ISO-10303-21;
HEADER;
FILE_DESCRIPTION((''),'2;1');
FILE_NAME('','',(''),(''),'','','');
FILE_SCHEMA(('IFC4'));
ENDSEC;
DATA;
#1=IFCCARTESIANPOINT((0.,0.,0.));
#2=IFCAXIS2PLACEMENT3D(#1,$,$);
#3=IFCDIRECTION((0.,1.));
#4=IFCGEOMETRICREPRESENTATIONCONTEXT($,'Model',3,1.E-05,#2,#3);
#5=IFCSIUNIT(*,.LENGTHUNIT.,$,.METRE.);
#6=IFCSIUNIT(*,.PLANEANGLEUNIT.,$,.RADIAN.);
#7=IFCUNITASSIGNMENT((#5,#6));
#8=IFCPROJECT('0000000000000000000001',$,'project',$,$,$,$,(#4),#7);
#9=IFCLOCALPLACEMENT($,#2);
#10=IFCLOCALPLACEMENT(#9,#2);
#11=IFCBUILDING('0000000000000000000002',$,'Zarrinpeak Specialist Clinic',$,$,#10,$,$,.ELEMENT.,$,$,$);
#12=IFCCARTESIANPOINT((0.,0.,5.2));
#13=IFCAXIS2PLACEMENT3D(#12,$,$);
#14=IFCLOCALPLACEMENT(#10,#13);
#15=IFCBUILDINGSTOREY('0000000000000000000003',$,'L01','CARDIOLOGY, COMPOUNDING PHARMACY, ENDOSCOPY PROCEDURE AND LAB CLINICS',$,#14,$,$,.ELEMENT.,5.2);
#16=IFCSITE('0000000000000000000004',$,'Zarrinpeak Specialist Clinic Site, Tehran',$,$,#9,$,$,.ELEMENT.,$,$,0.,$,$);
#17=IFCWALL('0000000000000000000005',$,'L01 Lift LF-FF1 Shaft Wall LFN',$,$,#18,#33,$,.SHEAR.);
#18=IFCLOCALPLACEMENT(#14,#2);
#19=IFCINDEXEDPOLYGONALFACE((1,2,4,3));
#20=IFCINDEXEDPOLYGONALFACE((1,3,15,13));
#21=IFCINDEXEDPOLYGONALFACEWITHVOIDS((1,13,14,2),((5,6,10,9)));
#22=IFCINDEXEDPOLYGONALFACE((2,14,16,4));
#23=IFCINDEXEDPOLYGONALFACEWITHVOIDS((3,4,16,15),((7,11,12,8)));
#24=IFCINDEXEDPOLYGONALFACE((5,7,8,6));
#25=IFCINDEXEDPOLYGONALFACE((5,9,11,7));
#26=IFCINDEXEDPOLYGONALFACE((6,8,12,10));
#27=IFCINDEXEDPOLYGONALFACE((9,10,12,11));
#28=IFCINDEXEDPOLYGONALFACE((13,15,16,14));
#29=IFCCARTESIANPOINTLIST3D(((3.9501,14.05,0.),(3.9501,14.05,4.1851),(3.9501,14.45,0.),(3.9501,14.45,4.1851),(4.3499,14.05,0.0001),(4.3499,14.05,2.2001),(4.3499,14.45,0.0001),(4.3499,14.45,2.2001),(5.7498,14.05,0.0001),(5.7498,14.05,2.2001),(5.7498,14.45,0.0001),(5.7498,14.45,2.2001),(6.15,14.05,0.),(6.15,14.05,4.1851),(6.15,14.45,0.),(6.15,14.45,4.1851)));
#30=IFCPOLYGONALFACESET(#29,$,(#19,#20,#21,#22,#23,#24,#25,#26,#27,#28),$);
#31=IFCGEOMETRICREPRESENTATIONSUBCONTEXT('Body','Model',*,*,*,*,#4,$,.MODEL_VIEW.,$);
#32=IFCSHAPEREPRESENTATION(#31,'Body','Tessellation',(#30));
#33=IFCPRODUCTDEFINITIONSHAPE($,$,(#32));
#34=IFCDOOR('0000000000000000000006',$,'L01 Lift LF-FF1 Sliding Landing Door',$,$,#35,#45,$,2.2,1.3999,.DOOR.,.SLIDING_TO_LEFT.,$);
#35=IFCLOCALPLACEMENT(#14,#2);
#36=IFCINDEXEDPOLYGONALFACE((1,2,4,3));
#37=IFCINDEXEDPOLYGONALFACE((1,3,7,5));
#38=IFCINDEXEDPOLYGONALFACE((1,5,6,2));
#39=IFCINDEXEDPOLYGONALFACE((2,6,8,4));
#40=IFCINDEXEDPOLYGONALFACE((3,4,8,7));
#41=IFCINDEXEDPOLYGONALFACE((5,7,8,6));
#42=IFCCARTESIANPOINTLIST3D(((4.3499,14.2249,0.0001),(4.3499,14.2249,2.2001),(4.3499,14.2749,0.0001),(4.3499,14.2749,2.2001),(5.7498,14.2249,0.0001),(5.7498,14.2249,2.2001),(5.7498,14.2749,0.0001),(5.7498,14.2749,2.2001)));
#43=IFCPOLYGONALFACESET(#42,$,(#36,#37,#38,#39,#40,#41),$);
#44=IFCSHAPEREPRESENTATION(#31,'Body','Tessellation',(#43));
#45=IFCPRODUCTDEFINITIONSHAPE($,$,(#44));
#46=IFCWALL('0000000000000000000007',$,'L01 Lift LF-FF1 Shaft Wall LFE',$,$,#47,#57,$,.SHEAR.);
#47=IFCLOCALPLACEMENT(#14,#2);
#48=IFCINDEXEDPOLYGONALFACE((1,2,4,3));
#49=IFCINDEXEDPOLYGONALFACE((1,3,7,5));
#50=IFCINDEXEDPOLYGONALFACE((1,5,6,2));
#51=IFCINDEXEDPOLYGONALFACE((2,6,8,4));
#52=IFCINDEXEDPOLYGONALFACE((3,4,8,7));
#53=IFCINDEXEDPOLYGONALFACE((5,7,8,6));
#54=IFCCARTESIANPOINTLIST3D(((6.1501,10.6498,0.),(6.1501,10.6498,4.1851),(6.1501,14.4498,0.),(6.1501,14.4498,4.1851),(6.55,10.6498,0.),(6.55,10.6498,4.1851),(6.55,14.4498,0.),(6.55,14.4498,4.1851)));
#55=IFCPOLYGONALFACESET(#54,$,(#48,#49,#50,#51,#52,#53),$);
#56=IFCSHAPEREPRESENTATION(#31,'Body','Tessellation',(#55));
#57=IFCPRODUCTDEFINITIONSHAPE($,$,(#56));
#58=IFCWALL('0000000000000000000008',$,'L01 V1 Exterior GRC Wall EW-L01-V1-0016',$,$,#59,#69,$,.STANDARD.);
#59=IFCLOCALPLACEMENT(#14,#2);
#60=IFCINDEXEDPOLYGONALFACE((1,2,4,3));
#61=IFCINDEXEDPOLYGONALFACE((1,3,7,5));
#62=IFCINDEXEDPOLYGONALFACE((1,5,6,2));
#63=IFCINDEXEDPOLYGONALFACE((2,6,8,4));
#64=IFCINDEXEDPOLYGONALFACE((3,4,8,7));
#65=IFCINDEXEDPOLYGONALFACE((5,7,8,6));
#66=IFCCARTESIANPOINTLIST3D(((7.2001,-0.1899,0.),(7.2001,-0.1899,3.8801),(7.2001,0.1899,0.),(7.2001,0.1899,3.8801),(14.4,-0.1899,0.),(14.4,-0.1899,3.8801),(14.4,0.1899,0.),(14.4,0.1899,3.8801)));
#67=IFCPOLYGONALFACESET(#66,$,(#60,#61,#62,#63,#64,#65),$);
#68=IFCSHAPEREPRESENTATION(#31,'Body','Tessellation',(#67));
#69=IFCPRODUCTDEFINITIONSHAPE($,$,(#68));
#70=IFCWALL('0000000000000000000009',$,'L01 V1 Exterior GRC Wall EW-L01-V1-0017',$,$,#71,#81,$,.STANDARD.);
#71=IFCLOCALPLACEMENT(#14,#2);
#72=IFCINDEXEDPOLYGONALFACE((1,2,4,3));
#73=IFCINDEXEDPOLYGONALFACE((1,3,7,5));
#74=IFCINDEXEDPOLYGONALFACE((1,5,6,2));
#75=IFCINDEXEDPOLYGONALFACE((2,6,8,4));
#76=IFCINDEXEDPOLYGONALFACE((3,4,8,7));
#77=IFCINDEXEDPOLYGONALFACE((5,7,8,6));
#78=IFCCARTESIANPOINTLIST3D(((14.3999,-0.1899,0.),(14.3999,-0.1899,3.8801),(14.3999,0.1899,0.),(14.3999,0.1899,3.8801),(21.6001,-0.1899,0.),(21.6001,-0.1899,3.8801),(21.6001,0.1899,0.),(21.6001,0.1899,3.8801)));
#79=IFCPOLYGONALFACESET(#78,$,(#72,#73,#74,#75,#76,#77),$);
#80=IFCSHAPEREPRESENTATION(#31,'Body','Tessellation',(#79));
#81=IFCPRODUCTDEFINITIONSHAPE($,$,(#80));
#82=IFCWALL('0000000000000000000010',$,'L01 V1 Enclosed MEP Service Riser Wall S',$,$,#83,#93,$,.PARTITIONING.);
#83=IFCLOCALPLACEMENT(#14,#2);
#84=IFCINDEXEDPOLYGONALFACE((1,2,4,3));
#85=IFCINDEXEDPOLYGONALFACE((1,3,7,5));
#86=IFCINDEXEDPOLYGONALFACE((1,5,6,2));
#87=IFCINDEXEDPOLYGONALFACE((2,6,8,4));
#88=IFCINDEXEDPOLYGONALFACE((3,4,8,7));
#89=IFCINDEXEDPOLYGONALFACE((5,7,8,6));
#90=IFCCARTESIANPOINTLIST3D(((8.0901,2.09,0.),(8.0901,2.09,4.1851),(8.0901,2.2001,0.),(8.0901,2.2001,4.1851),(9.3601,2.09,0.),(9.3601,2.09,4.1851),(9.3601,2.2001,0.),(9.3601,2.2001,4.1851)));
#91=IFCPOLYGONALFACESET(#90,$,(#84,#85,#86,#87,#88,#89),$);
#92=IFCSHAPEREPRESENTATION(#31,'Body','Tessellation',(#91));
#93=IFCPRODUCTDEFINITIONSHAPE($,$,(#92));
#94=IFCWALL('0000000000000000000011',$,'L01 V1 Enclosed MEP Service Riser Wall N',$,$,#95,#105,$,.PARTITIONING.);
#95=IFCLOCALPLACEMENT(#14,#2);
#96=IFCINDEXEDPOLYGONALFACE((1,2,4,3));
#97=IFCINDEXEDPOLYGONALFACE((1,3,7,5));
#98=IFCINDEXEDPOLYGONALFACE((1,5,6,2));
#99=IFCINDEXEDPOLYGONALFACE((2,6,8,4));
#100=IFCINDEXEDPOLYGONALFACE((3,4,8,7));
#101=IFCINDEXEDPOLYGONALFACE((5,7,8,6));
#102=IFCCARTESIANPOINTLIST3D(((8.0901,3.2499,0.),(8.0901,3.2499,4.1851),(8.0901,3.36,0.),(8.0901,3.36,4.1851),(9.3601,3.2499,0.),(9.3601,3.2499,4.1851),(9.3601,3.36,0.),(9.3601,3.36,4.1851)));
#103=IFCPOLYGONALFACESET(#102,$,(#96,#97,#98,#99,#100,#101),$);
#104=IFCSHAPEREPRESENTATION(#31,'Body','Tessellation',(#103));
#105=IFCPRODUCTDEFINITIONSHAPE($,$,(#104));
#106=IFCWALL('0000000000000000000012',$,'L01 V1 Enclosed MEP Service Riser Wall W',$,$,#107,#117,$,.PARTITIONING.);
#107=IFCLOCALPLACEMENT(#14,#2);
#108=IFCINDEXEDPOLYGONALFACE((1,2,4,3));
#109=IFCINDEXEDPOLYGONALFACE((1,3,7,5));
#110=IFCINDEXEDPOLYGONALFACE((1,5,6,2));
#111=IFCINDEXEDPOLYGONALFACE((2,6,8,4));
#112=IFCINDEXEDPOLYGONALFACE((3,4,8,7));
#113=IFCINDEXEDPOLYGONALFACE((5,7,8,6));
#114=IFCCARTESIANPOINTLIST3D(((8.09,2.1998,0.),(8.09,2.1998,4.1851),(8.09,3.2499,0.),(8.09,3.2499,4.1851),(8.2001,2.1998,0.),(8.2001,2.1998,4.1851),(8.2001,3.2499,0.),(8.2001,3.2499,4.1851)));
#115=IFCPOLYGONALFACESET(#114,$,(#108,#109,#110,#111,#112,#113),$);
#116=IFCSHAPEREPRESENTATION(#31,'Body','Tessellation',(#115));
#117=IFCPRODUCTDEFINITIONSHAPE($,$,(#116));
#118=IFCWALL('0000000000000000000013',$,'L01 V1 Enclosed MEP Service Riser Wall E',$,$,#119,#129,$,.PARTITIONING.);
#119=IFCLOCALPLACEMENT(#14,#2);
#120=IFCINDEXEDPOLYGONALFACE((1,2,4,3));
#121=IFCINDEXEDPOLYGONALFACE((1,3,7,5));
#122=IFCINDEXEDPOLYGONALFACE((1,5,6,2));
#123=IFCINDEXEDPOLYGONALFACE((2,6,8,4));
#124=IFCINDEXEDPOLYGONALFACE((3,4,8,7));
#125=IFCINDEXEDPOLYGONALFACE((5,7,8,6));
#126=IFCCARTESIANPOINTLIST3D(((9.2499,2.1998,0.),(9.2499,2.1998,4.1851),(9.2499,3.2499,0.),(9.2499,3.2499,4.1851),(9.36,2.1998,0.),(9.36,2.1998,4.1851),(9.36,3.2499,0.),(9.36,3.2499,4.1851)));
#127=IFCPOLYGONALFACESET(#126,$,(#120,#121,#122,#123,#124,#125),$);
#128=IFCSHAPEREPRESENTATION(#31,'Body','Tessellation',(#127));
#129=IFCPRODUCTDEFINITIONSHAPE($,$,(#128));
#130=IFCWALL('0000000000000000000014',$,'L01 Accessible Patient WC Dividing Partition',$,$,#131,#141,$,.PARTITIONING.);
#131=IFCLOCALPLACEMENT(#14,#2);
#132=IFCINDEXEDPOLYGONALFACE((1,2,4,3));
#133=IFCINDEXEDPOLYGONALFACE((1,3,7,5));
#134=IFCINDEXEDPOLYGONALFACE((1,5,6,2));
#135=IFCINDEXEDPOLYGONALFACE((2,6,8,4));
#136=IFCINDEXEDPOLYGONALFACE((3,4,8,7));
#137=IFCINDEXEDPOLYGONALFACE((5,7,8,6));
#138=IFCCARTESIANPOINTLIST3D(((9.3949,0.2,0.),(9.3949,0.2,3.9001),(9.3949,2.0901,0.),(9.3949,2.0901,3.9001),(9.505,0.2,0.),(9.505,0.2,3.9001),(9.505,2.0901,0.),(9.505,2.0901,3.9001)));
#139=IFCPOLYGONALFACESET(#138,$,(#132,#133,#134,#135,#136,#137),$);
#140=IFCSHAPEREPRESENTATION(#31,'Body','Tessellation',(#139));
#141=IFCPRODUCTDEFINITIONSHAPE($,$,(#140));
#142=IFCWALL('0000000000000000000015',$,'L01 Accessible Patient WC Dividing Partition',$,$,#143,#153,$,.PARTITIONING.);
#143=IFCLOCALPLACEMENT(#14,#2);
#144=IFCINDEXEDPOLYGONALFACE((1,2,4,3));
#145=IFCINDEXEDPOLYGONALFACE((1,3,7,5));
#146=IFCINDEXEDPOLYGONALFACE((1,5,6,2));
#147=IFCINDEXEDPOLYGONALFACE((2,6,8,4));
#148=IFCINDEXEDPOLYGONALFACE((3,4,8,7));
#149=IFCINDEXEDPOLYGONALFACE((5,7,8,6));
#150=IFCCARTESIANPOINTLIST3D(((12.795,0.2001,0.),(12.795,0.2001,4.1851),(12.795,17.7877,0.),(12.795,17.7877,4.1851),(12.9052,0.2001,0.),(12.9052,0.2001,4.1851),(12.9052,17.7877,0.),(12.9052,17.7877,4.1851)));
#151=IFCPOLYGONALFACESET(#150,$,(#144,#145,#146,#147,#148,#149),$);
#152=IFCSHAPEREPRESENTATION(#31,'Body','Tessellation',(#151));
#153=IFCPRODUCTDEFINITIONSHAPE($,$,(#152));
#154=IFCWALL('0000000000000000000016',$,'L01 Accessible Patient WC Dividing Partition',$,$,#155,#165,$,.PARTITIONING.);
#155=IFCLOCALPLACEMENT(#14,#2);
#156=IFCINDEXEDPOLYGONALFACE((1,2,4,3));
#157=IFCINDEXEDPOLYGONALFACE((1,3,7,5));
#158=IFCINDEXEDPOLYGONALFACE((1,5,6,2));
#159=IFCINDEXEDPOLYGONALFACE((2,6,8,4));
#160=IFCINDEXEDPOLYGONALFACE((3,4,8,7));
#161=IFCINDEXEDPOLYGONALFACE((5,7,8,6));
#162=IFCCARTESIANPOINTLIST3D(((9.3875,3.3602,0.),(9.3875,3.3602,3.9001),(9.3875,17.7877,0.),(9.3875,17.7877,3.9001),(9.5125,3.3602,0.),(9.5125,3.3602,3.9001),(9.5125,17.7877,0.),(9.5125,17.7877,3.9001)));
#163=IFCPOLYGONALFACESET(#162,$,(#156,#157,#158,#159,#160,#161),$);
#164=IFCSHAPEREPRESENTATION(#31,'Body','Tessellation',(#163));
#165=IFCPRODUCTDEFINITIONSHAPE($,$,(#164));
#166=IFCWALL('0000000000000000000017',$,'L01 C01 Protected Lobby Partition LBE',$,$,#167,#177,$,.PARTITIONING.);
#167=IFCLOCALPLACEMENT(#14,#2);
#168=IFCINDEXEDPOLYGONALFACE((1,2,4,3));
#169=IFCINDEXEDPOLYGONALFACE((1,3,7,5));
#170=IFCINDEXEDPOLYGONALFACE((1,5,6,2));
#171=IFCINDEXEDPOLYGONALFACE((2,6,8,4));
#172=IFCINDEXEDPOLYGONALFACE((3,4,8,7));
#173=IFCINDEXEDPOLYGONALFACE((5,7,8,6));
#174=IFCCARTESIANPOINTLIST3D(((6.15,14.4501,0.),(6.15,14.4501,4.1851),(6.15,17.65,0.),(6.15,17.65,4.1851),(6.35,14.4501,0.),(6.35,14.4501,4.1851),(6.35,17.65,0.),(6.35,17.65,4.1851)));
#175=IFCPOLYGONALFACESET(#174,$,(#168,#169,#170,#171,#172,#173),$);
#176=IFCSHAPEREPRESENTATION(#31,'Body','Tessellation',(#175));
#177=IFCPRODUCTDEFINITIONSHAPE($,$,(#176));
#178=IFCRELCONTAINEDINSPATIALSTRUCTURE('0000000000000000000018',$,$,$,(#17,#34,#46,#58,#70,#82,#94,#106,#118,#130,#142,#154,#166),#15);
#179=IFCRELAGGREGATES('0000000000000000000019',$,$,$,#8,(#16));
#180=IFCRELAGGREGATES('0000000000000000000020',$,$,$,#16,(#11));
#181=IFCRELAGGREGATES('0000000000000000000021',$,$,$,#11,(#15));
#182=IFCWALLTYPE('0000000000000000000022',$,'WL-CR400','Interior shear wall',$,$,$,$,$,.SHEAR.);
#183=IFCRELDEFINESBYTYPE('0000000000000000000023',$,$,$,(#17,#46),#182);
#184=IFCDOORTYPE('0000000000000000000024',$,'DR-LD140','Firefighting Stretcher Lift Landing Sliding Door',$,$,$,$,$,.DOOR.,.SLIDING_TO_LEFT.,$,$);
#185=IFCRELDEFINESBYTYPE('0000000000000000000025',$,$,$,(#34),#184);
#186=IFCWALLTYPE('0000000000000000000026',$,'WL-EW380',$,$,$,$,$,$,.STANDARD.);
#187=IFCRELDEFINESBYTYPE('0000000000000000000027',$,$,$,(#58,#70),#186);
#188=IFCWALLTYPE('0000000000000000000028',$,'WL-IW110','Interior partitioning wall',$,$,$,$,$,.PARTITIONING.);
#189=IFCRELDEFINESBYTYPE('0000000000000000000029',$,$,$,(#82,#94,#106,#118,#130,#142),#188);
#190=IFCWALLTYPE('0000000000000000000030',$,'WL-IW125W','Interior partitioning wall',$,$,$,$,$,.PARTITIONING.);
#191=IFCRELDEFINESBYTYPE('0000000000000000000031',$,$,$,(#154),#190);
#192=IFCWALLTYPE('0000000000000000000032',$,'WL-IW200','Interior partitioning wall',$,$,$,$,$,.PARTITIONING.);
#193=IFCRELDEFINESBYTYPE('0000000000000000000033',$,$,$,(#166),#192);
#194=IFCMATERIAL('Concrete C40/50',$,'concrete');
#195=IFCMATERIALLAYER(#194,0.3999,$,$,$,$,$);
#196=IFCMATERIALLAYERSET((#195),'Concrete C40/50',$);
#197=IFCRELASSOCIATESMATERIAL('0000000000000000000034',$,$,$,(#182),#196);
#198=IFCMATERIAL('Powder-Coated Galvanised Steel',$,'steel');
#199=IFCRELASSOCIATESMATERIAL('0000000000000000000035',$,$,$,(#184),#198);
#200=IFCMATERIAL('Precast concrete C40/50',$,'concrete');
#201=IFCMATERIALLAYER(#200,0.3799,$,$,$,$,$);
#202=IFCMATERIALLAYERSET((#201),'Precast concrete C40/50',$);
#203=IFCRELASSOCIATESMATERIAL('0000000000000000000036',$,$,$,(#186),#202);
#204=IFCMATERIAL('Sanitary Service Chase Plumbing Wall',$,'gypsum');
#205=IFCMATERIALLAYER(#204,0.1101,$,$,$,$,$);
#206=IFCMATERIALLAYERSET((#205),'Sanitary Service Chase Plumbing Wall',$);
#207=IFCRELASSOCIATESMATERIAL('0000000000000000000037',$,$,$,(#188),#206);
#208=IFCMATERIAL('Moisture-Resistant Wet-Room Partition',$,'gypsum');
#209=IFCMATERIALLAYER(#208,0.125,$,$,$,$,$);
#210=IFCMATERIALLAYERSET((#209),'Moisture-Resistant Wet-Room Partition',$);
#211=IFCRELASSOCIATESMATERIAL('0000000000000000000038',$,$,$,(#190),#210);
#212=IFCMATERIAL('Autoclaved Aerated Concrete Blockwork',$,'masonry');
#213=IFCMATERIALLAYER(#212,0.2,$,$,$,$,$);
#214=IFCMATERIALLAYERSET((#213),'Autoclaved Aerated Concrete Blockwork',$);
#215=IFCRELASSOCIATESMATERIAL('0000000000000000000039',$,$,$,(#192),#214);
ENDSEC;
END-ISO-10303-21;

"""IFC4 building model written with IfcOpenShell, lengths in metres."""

from ifc_helpers import new_model, si_unit, direction, frame, frame_2d, origin, place, context, subcontext, project, spatial, rectangle, extrude, material, layer, layer_set, type_object, element, fill, save


model = new_model("IFC4")

# Units and contexts
model_context = context("Model", 3, precision=1e-05, world=origin(), true_north=direction((0.0, 1.0)))
body_context = subcontext(model_context, "Body", "Model", "MODEL_VIEW")
ifc_project = project(units=[si_unit("LENGTHUNIT", "METRE"), si_unit("PLANEANGLEUNIT", "RADIAN")], contexts=[model_context])

# Site, building, storey
site_placement = place(None, origin())
site = spatial("IfcSite", under=ifc_project, at=site_placement, Name="Zarrinpeak Specialist Clinic Site, Tehran", CompositionType="ELEMENT", RefElevation=0.0)
building_placement = place(site_placement, origin())
building = spatial("IfcBuilding", under=site, at=building_placement, Name="Zarrinpeak Specialist Clinic", CompositionType="ELEMENT")
storey_placement = place(building_placement, frame((0.0, 0.0, 5.2)))
storey = spatial("IfcBuildingStorey", under=building, at=storey_placement, Name="L01", Description="CARDIOLOGY, COMPOUNDING PHARMACY, ENDOSCOPY PROCEDURE AND LAB CLINICS", CompositionType="ELEMENT", Elevation=5.2)

# Shared definitions
ifc_material_1 = material(Name="Concrete C40/50", Category="concrete")
ifc_layer_1 = layer(ifc_material_1, 0.3999)
ifc_layer_set_1 = layer_set([ifc_layer_1], Name="Concrete C40/50")
wall_type_1 = type_object("IfcWallType", Name="WL-CR400", Description="Interior shear wall", PredefinedType="SHEAR", material=ifc_layer_set_1)

# Wall, opening, door
wall_1_placement = place(storey_placement, frame((3.95, 14.25, 0.0), z_axis=(0.0, 0.0, 1.0), x_axis=(1.0, 0.0, 0.0)))
wall_1 = element("IfcWall", 1, at=wall_1_placement, inside=storey, type_object=wall_type_1, Name="L01 Lift LF-FF1 Shaft Wall LFN", PredefinedType="SHEAR", context=body_context, shape_type="SweptSolid", body=[
    extrude(rectangle(XDim=2.2, YDim=0.3999, at=frame_2d((1.1001, 0.0))), origin(), (0.0, 0.0, 1.0), 4.1851),
])
opening_placement = place(wall_1_placement, frame((0.3999, 0.0, 0.0)))
opening = element("IfcOpeningElement", 2, at=opening_placement, cuts=wall_1, PredefinedType="OPENING", context=body_context, shape_type="SweptSolid", body=[
    extrude(rectangle(XDim=1.3999, YDim=2.2, at=frame_2d((0.7, 1.1001))), frame((0.0, 0.21, 0.0), z_axis=(0.0, -1.0, 0.0), x_axis=(1.0, 0.0, 0.0)), (0.0, 0.0, 1.0), 0.4199),
])
ifc_material_2 = material(Name="Powder-Coated Galvanised Steel", Category="steel")
door_type = type_object("IfcDoorType", Name="DR-LD140", Description="Firefighting Stretcher Lift Landing Sliding Door", OperationType="SLIDING_TO_LEFT", PredefinedType="DOOR", material=ifc_material_2)
door_placement = place(opening_placement, origin())
door = element("IfcDoor", 3, at=door_placement, inside=storey, type_object=door_type, Name="L01 Lift LF-FF1 Sliding Landing Door", OperationType="SLIDING_TO_LEFT", OverallHeight=2.2, OverallWidth=1.3999, PredefinedType="DOOR", context=body_context, shape_type="SweptSolid", body=[
    extrude(rectangle(XDim=1.3999, YDim=2.2, at=frame_2d((0.7, 1.1001))), frame((0.0, 0.0249, 0.0), z_axis=(0.0, -1.0, 0.0), x_axis=(1.0, 0.0, 0.0)), (0.0, 0.0, 1.0), 0.05),
])
fill(opening, door)

# Walls
wall_2_placement = place(storey_placement, frame((6.3501, 10.6499, 0.0), z_axis=(0.0, 0.0, 1.0), x_axis=(0.0, 1.0, 0.0)))
element("IfcWall", 4, at=wall_2_placement, inside=storey, type_object=wall_type_1, Name="L01 Lift LF-FF1 Shaft Wall LFE", PredefinedType="SHEAR", context=body_context, shape_type="SweptSolid", body=[
    extrude(rectangle(XDim=3.8, YDim=0.3999, at=frame_2d((1.8999, 0.0))), origin(), (0.0, 0.0, 1.0), 4.1851),
])
ifc_material_3 = material(Name="Precast concrete C40/50", Category="concrete")
ifc_layer_2 = layer(ifc_material_3, 0.3799)
ifc_layer_set_2 = layer_set([ifc_layer_2], Name="Precast concrete C40/50")
wall_type_2 = type_object("IfcWallType", Name="WL-EW380", PredefinedType="STANDARD", material=ifc_layer_set_2)
wall_3_placement = place(storey_placement, frame((7.2, 0.0, 0.0), z_axis=(0.0, 0.0, 1.0), x_axis=(1.0, 0.0, 0.0)))
element("IfcWall", 5, at=wall_3_placement, inside=storey, type_object=wall_type_2, Name="L01 V1 Exterior GRC Wall EW-L01-V1-0016", PredefinedType="STANDARD", context=body_context, shape_type="SweptSolid", body=[
    extrude(rectangle(XDim=7.2, YDim=0.3799, at=frame_2d((3.6001, 0.0))), origin(), (0.0, 0.0, 1.0), 3.8801),
])
wall_4_placement = place(storey_placement, frame((14.3999, 0.0, 0.0), z_axis=(0.0, 0.0, 1.0), x_axis=(1.0, 0.0, 0.0)))
element("IfcWall", 6, at=wall_4_placement, inside=storey, type_object=wall_type_2, Name="L01 V1 Exterior GRC Wall EW-L01-V1-0017", PredefinedType="STANDARD", context=body_context, shape_type="SweptSolid", body=[
    extrude(rectangle(XDim=7.2002, YDim=0.3799, at=frame_2d((3.6001, 0.0))), origin(), (0.0, 0.0, 1.0), 3.8801),
])
ifc_material_4 = material(Name="Sanitary Service Chase Plumbing Wall", Category="gypsum")
ifc_layer_3 = layer(ifc_material_4, 0.1101)
ifc_layer_set_3 = layer_set([ifc_layer_3], Name="Sanitary Service Chase Plumbing Wall")
wall_type_3 = type_object("IfcWallType", Name="WL-IW110", Description="Interior partitioning wall", PredefinedType="PARTITIONING", material=ifc_layer_set_3)
for number, where, z_axis, x_axis, name in (
    (7, (8.0901, 2.145, 0.0), (0.0, 0.0, 1.0), (1.0, 0.0, 0.0), "L01 V1 Enclosed MEP Service Riser Wall S"),
    (8, (8.0901, 3.3049, 0.0), (0.0, 0.0, 1.0), (1.0, 0.0, 0.0), "L01 V1 Enclosed MEP Service Riser Wall N"),
):
    element("IfcWall", number, at=place(storey_placement, frame(where, z_axis=z_axis, x_axis=x_axis)), inside=storey, type_object=wall_type_3, Name=name, PredefinedType="PARTITIONING", context=body_context, shape_type="SweptSolid", body=[
        extrude(rectangle(XDim=1.27, YDim=0.1101, at=frame_2d((0.635, 0.0))), origin(), (0.0, 0.0, 1.0), 4.1851),
    ])
for number, where, z_axis, x_axis, name in (
    (9, (8.145, 2.2, 0.0), (0.0, 0.0, 1.0), (0.0, 1.0, 0.0), "L01 V1 Enclosed MEP Service Riser Wall W"),
    (10, (9.3049, 2.2, 0.0), (0.0, 0.0, 1.0), (0.0, 1.0, 0.0), "L01 V1 Enclosed MEP Service Riser Wall E"),
):
    element("IfcWall", number, at=place(storey_placement, frame(where, z_axis=z_axis, x_axis=x_axis)), inside=storey, type_object=wall_type_3, Name=name, PredefinedType="PARTITIONING", context=body_context, shape_type="SweptSolid", body=[
        extrude(rectangle(XDim=1.05, YDim=0.1101, at=frame_2d((0.5249, 0.0))), origin(), (0.0, 0.0, 1.0), 4.1851),
    ])
wall_5_placement = place(storey_placement, frame((9.45, 0.2, 0.0), z_axis=(0.0, 0.0, 1.0), x_axis=(0.0, 1.0, 0.0)))
element("IfcWall", 11, at=wall_5_placement, inside=storey, type_object=wall_type_3, Name="L01 Accessible Patient WC Dividing Partition", PredefinedType="PARTITIONING", context=body_context, shape_type="SweptSolid", body=[
    extrude(rectangle(XDim=1.8901, YDim=0.1101, at=frame_2d((0.9451, 0.0))), origin(), (0.0, 0.0, 1.0), 3.9001),
])
wall_6_placement = place(storey_placement, frame((12.8501, 0.2, 0.0), z_axis=(0.0, 0.0, 1.0), x_axis=(0.0, 1.0, 0.0)))
element("IfcWall", 12, at=wall_6_placement, inside=storey, type_object=wall_type_3, Name="L01 Accessible Patient WC Dividing Partition", PredefinedType="PARTITIONING", context=body_context, shape_type="SweptSolid", body=[
    extrude(rectangle(XDim=17.5876, YDim=0.1101, at=frame_2d((8.7939, 0.0))), origin(), (0.0, 0.0, 1.0), 4.1851),
])
ifc_material_5 = material(Name="Moisture-Resistant Wet-Room Partition", Category="gypsum")
ifc_layer_4 = layer(ifc_material_5, 0.125)
ifc_layer_set_4 = layer_set([ifc_layer_4], Name="Moisture-Resistant Wet-Room Partition")
wall_type_4 = type_object("IfcWallType", Name="WL-IW125W", Description="Interior partitioning wall", PredefinedType="PARTITIONING", material=ifc_layer_set_4)
wall_7_placement = place(storey_placement, frame((9.45, 3.3601, 0.0), z_axis=(0.0, 0.0, 1.0), x_axis=(0.0, 1.0, 0.0)))
element("IfcWall", 13, at=wall_7_placement, inside=storey, type_object=wall_type_4, Name="L01 Accessible Patient WC Dividing Partition", PredefinedType="PARTITIONING", context=body_context, shape_type="SweptSolid", body=[
    extrude(rectangle(XDim=14.4275, YDim=0.125, at=frame_2d((7.2139, 0.0))), origin(), (0.0, 0.0, 1.0), 3.9001),
])
ifc_material_6 = material(Name="Autoclaved Aerated Concrete Blockwork", Category="masonry")
ifc_layer_5 = layer(ifc_material_6, 0.2)
ifc_layer_set_5 = layer_set([ifc_layer_5], Name="Autoclaved Aerated Concrete Blockwork")
wall_type_5 = type_object("IfcWallType", Name="WL-IW200", Description="Interior partitioning wall", PredefinedType="PARTITIONING", material=ifc_layer_set_5)
wall_8_placement = place(storey_placement, frame((6.25, 14.45, 0.0), z_axis=(0.0, 0.0, 1.0), x_axis=(0.0, 1.0, 0.0)))
element("IfcWall", 14, at=wall_8_placement, inside=storey, type_object=wall_type_5, Name="L01 C01 Protected Lobby Partition LBE", PredefinedType="PARTITIONING", context=body_context, shape_type="SweptSolid", body=[
    extrude(rectangle(XDim=3.2, YDim=0.2, at=frame_2d((1.6001, 0.0))), origin(), (0.0, 0.0, 1.0), 4.1851),
])

save(model, "model.ifc")
